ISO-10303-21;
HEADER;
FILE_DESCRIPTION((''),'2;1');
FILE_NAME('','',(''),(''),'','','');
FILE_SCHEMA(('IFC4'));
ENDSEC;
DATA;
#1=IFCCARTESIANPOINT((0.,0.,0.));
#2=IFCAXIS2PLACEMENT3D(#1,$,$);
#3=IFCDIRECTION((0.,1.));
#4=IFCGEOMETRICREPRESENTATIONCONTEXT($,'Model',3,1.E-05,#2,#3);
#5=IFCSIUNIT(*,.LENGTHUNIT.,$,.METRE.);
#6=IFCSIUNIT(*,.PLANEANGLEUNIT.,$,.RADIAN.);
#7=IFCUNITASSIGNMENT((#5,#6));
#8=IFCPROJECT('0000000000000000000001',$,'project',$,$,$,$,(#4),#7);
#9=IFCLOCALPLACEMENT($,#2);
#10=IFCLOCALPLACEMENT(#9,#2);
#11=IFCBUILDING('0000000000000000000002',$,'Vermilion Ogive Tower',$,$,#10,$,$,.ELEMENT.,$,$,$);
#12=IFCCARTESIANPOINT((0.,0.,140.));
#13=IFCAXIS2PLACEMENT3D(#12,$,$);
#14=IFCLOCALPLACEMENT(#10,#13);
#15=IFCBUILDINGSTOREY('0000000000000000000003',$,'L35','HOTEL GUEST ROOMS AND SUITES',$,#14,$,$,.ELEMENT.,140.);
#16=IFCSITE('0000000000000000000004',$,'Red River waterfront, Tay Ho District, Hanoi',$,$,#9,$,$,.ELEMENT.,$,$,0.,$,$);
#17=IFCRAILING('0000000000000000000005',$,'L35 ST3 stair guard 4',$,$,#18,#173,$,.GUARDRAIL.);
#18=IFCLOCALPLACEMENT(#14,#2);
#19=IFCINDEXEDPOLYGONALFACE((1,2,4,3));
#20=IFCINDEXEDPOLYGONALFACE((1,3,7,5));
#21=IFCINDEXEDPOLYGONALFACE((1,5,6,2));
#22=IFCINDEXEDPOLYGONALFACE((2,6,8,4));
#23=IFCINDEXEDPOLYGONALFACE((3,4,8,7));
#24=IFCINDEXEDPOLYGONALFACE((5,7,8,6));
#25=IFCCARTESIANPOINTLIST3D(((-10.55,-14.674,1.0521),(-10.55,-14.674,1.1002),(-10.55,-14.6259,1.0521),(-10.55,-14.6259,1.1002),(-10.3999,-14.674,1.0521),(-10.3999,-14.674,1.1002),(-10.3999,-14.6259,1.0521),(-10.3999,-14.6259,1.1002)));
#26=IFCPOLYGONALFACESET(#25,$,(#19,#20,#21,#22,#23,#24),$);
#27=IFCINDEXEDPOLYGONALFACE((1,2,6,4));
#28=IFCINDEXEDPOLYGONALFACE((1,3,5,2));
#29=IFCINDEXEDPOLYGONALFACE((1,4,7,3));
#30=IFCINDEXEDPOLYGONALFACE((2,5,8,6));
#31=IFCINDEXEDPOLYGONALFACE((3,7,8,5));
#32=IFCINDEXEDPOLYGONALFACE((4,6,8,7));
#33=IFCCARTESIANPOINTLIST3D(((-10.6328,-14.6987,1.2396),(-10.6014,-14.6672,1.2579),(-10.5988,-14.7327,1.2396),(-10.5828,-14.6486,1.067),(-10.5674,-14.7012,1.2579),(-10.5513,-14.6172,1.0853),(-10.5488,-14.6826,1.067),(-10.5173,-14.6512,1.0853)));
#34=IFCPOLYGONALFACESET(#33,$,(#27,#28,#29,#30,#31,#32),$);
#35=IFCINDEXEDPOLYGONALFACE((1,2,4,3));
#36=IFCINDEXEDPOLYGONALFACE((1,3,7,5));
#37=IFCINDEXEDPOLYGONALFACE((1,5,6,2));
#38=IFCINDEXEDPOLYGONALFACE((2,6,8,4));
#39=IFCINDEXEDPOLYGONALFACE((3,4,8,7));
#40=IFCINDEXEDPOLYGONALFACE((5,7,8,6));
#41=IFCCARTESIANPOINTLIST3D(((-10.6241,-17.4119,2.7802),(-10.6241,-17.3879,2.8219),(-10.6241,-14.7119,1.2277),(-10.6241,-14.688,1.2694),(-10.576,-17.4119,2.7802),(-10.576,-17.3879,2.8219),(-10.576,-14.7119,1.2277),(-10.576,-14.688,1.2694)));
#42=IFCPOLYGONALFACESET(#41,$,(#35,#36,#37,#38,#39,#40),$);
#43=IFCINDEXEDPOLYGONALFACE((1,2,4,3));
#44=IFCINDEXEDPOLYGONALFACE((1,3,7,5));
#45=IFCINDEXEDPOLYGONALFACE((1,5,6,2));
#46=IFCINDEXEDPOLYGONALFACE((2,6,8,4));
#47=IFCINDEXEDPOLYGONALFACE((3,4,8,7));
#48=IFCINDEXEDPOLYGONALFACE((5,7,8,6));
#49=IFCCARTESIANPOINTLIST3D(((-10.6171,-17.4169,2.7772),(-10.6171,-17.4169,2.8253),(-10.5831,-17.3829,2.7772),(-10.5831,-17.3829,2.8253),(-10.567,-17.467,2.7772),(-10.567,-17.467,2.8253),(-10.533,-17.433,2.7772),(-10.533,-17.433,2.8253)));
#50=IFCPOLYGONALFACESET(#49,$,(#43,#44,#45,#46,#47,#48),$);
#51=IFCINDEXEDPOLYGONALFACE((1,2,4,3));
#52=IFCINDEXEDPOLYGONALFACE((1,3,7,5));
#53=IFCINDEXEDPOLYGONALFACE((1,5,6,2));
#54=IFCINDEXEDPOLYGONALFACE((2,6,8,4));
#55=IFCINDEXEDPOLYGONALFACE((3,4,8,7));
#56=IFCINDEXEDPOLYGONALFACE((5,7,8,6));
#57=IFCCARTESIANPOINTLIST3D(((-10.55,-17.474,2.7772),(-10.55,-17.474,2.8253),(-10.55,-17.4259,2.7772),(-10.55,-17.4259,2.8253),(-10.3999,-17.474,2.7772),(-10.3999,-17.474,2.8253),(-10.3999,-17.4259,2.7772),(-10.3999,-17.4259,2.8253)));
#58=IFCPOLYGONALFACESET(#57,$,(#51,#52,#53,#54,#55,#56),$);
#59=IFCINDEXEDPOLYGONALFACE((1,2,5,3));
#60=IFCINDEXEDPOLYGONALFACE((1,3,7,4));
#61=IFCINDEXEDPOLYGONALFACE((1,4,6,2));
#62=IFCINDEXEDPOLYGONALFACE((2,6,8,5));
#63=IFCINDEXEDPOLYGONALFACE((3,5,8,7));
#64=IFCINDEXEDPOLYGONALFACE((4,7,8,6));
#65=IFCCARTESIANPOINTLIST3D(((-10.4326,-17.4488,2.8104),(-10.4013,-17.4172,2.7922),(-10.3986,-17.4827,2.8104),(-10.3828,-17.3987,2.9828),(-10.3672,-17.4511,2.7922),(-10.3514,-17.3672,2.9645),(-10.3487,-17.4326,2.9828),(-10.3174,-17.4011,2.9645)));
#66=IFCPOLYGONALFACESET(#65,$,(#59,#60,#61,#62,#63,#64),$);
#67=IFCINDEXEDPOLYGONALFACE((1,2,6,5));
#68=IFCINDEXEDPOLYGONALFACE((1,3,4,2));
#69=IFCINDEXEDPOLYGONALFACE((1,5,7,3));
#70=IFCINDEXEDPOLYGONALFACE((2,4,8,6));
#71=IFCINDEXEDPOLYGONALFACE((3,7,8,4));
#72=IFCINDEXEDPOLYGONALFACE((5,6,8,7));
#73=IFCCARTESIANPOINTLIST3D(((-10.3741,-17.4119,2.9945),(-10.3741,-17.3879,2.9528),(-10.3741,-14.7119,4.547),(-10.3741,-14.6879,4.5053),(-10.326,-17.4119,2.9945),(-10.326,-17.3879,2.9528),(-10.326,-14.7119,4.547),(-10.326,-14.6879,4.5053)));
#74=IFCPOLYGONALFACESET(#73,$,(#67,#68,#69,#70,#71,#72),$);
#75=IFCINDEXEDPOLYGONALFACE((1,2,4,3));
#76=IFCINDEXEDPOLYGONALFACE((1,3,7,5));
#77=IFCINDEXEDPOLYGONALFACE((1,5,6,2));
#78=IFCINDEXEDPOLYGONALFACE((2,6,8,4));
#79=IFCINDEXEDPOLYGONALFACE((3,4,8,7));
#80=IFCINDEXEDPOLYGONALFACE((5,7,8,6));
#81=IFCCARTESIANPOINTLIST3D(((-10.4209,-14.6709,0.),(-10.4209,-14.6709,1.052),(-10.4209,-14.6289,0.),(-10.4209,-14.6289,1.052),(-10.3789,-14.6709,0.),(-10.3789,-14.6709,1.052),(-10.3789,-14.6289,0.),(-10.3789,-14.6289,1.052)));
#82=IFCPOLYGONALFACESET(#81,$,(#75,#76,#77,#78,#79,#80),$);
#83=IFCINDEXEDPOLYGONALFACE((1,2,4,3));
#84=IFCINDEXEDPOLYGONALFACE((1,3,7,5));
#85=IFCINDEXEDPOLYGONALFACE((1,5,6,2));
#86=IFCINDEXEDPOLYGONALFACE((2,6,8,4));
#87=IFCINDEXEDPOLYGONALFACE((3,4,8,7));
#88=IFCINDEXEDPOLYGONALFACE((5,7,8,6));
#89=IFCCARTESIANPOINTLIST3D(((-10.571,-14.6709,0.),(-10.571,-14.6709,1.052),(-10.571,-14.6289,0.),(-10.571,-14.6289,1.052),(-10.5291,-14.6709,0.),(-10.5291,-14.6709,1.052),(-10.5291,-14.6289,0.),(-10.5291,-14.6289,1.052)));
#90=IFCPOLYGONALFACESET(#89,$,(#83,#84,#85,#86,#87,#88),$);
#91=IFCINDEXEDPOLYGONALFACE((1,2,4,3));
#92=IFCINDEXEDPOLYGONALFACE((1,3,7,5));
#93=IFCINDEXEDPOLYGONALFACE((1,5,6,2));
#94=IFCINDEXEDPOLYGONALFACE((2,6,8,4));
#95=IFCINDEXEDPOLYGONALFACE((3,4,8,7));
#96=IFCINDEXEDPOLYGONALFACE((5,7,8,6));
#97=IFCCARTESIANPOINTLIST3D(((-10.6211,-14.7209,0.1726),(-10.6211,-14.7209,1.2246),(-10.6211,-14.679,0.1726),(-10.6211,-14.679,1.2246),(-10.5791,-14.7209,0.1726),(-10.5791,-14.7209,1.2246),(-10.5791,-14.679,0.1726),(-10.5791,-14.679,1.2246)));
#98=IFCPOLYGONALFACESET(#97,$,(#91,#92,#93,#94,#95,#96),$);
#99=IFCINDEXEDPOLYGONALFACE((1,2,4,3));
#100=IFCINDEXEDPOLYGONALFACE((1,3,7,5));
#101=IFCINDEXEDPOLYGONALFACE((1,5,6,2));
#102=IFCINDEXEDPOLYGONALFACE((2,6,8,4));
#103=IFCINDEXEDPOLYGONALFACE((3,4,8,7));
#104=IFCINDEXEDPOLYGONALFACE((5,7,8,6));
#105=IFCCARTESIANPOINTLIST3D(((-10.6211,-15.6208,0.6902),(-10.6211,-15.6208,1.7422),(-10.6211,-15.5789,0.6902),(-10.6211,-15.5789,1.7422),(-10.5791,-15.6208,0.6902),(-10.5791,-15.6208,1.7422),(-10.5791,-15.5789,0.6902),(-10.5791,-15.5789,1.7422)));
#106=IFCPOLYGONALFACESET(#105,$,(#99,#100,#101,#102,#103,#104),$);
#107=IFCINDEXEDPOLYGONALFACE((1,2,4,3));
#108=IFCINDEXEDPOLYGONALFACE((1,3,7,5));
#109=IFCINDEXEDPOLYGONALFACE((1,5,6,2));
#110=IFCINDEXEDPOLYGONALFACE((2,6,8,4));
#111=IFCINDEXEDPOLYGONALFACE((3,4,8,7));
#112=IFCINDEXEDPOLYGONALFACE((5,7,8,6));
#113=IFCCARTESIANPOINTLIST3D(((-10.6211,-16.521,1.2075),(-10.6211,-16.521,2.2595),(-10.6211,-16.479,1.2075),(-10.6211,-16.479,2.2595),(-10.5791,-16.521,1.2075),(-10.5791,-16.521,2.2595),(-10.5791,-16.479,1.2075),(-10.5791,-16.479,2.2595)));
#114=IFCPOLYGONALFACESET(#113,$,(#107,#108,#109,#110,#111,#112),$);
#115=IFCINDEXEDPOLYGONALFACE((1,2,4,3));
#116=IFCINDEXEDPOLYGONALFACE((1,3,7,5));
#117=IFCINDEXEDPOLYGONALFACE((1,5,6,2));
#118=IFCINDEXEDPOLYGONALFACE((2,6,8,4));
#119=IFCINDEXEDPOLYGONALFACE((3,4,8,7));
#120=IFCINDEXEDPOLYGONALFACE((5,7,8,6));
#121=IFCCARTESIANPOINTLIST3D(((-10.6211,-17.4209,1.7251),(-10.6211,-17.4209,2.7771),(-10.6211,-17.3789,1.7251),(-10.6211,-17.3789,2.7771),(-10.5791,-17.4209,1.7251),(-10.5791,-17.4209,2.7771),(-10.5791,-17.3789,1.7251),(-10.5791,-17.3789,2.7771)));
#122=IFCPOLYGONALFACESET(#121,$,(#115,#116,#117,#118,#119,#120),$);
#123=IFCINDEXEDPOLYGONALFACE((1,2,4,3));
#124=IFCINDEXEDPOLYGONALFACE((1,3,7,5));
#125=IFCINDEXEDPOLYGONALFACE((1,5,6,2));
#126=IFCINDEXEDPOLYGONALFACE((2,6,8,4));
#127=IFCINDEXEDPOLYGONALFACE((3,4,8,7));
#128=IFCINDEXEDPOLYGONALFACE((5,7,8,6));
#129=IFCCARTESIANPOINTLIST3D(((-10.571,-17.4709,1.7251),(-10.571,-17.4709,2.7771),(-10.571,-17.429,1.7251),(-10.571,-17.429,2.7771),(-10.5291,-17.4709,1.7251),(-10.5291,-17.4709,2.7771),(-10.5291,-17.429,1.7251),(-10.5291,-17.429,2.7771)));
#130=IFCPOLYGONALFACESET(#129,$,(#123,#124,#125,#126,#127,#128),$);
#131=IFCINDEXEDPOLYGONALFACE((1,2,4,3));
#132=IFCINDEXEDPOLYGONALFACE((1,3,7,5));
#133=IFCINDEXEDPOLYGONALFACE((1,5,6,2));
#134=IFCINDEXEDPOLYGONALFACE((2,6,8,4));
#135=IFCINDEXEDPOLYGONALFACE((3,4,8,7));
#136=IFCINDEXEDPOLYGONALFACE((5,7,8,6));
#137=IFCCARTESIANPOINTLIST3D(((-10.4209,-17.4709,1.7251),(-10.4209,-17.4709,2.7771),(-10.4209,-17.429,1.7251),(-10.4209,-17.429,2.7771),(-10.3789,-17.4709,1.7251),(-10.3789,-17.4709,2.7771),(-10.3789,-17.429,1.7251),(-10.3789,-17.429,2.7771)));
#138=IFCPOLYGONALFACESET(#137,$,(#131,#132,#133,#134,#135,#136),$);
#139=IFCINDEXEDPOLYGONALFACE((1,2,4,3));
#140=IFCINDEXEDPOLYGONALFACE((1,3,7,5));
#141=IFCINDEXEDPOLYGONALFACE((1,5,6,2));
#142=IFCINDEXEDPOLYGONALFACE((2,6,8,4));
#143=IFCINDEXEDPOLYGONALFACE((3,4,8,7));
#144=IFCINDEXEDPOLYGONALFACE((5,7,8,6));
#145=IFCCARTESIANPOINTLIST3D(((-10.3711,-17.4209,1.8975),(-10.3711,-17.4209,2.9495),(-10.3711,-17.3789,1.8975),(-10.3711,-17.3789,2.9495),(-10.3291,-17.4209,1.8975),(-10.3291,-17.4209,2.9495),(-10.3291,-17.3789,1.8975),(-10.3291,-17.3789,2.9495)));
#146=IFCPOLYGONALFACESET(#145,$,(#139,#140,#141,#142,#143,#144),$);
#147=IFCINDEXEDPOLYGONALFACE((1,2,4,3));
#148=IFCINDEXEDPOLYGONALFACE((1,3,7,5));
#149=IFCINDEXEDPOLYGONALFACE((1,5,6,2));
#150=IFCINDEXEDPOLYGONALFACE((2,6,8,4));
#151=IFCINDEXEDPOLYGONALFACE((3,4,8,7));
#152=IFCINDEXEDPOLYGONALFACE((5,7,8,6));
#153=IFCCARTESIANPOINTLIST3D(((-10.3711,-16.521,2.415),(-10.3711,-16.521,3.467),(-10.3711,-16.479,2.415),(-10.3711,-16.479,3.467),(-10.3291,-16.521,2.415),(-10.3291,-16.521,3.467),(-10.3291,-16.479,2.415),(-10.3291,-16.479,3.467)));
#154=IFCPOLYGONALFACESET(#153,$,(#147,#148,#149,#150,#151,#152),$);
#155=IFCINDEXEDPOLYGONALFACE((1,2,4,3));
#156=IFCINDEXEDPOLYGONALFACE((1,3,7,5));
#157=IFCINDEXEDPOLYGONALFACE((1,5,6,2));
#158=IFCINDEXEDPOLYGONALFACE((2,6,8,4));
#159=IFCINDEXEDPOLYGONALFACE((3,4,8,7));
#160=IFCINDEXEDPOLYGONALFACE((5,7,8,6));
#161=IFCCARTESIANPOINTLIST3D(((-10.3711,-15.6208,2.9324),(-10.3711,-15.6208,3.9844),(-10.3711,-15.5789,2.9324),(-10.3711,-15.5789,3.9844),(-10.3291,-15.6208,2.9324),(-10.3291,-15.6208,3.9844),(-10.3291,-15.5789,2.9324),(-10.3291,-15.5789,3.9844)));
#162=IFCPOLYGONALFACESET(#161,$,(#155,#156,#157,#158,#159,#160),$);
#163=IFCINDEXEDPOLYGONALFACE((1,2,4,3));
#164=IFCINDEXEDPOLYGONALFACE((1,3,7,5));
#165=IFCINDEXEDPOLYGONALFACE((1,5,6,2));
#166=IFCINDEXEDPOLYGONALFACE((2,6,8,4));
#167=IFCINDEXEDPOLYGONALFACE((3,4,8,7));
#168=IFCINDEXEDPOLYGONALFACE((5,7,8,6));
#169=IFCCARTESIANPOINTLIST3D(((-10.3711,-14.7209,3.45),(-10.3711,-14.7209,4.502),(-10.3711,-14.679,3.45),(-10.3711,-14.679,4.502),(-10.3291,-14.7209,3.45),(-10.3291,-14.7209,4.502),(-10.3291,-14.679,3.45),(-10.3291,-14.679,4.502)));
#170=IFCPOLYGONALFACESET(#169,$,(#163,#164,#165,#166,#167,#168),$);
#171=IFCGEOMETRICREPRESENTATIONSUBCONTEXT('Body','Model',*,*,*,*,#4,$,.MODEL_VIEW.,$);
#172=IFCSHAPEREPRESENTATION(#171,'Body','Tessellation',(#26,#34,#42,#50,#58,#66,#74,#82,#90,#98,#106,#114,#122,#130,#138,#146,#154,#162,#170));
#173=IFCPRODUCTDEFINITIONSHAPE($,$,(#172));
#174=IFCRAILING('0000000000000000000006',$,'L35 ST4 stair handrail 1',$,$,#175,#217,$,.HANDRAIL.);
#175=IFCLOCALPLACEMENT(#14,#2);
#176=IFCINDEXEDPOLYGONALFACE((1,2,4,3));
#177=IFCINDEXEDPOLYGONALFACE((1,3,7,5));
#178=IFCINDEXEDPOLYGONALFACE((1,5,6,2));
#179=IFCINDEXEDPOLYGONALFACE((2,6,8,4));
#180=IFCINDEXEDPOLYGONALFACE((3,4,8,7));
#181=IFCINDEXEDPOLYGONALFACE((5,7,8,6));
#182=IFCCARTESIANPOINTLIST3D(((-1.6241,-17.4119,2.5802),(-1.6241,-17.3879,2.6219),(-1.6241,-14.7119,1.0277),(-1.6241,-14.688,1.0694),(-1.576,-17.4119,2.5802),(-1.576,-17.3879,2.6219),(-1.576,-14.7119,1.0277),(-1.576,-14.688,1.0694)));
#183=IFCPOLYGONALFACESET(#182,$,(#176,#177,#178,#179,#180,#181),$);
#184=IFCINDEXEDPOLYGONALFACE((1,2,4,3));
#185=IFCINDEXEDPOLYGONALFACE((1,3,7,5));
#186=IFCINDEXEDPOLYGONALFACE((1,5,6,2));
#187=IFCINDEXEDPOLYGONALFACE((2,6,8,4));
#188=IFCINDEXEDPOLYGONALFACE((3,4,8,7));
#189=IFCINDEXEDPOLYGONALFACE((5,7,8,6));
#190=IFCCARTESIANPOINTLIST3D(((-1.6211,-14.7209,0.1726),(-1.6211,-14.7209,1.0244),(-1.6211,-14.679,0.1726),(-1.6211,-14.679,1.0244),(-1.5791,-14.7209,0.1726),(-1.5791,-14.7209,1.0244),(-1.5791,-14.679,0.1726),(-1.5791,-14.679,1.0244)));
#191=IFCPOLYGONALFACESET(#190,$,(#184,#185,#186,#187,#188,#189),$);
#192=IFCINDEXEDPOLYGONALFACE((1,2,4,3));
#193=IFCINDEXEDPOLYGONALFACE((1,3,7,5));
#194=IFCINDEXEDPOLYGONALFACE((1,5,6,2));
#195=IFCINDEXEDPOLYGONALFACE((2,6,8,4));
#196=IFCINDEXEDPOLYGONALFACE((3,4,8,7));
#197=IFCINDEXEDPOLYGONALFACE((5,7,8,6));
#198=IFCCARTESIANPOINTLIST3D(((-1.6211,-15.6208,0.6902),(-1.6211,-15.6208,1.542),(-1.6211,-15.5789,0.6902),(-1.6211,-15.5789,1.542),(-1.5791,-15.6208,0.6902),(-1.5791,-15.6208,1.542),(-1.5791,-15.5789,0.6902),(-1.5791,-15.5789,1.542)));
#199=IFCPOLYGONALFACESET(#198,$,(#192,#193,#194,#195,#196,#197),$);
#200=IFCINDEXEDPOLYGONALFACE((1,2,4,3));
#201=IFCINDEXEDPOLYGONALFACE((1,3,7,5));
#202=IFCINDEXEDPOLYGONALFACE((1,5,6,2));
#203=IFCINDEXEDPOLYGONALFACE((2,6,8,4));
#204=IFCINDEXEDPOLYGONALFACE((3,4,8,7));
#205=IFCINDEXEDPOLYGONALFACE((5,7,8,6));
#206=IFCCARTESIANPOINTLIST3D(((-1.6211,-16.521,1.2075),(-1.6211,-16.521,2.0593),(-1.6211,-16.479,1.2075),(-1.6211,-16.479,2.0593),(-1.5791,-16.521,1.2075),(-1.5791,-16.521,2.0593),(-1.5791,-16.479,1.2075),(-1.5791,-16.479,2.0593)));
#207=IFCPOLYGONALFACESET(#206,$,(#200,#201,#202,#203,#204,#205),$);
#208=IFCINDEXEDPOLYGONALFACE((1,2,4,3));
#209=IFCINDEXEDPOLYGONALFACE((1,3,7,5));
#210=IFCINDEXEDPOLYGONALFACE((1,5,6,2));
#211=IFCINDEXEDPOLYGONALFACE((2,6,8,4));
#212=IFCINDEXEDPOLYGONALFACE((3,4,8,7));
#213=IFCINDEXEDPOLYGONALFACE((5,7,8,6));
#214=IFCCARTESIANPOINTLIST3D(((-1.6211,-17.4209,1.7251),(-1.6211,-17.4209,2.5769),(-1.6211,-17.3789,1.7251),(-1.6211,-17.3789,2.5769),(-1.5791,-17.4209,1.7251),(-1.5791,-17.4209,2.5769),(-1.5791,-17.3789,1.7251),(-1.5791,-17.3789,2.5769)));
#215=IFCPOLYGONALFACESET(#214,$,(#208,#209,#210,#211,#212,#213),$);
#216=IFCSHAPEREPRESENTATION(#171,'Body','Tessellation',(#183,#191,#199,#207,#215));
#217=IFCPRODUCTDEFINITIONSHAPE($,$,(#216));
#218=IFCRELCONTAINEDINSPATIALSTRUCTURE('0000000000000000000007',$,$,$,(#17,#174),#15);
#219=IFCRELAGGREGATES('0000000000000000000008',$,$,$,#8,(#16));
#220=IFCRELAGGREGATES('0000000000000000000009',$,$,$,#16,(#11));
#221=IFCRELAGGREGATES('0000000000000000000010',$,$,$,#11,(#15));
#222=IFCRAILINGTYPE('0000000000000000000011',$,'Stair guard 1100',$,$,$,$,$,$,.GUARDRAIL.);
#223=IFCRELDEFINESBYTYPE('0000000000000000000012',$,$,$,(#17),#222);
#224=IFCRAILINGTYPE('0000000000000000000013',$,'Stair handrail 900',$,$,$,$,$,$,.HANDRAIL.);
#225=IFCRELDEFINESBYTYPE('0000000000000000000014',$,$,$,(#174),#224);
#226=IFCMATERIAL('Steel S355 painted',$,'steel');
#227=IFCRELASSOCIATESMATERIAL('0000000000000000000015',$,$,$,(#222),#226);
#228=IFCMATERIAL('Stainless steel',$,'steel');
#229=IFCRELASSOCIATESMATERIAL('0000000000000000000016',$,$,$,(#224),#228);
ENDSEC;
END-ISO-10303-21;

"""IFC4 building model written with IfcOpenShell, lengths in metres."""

from ifc_helpers import new_model, si_unit, direction, frame, origin, origin_2d, place, context, subcontext, project, spatial, rectangle, extrude, material, type_object, element, save


model = new_model("IFC4")

# Units and contexts
model_context = context("Model", 3, precision=1e-05, world=origin(), true_north=direction((0.0, 1.0)))
body_context = subcontext(model_context, "Body", "Model", "MODEL_VIEW")
ifc_project = project(units=[si_unit("LENGTHUNIT", "METRE"), si_unit("PLANEANGLEUNIT", "RADIAN")], contexts=[model_context])

# Site, building, storey
site_placement = place(None, origin())
site = spatial("IfcSite", under=ifc_project, at=site_placement, Name="Red River waterfront, Tay Ho District, Hanoi", CompositionType="ELEMENT", RefElevation=0.0)
building_placement = place(site_placement, origin())
building = spatial("IfcBuilding", under=site, at=building_placement, Name="Vermilion Ogive Tower", CompositionType="ELEMENT")
storey_placement = place(building_placement, frame((0.0, 0.0, 140.0)))
storey = spatial("IfcBuildingStorey", under=building, at=storey_placement, Name="L35", Description="HOTEL GUEST ROOMS AND SUITES", CompositionType="ELEMENT", Elevation=140.0)

# Railings
ifc_material_1 = material(Name="Steel S355 painted", Category="steel")
railing_type_1 = type_object("IfcRailingType", Name="Stair guard 1100", PredefinedType="GUARDRAIL", material=ifc_material_1)
railing_1_placement = place(storey_placement, frame((-10.3999, -14.6499, 0.0)))
element("IfcRailing", 1, at=railing_1_placement, inside=storey, type_object=railing_type_1, Name="L35 ST3 stair guard 4", PredefinedType="GUARDRAIL", context=body_context, shape_type="SweptSolid", body=[
    extrude(rectangle(XDim=0.0481, YDim=0.0481, at=origin_2d()), frame((0.0, 0.0, 1.0762), z_axis=(-1.0, 0.0, 0.0), x_axis=(0.0, -1.0, 0.0)), (0.0, 0.0, 1.0), 0.1501),
    extrude(rectangle(XDim=0.0481, YDim=0.0481, at=origin_2d()), frame((-0.1501, 0.0, 1.0762), z_axis=(-0.268278, -0.268278, 0.925232), x_axis=(0.707107, -0.707107, 0.0)), (0.0, 0.0, 1.0), 0.1865),
    extrude(rectangle(XDim=0.0481, YDim=0.0481, at=origin_2d()), frame((-0.2002, -0.05, 1.2485), z_axis=(0.0, -0.866904, 0.498476), x_axis=(1.0, 0.0, 0.0)), (0.0, 0.0, 1.0), 3.1145),
    extrude(rectangle(XDim=0.0481, YDim=0.0481, at=origin_2d()), frame((-0.2002, -2.75, 2.8013), z_axis=(0.707107, -0.707107, 0.0), x_axis=(0.707107, 0.707107, 0.0)), (0.0, 0.0, 1.0), 0.0708),
    extrude(rectangle(XDim=0.0481, YDim=0.0481, at=origin_2d()), frame((-0.1501, -2.8, 2.8013), z_axis=(1.0, 0.0, 0.0), x_axis=(0.0, 1.0, 0.0)), (0.0, 0.0, 1.0), 0.1501),
    extrude(rectangle(XDim=0.0481, YDim=0.0481, at=origin_2d()), frame((0.0, -2.8, 2.8013), z_axis=(0.267387, 0.268698, 0.925368), x_axis=(-0.708834, 0.705376, 0.0)), (0.0, 0.0, 1.0), 0.1863),
    extrude(rectangle(XDim=0.0481, YDim=0.0481, at=origin_2d()), frame((0.0498, -2.75, 2.9736), z_axis=(0.0, 0.866904, 0.498476), x_axis=(-1.0, 0.0, 0.0)), (0.0, 0.0, 1.0), 3.1145),
    extrude(rectangle(XDim=0.042, YDim=0.042, at=origin_2d()), origin(), (0.0, 0.0, 1.0), 1.052),
    extrude(rectangle(XDim=0.042, YDim=0.042, at=origin_2d()), frame((-0.1501, 0.0, 0.0)), (0.0, 0.0, 1.0), 1.052),
    extrude(rectangle(XDim=0.042, YDim=0.042, at=origin_2d()), frame((-0.2002, -0.05, 0.1726)), (0.0, 0.0, 1.0), 1.052),
    extrude(rectangle(XDim=0.042, YDim=0.042, at=origin_2d()), frame((-0.2002, -0.95, 0.6902)), (0.0, 0.0, 1.0), 1.052),
    extrude(rectangle(XDim=0.042, YDim=0.042, at=origin_2d()), frame((-0.2002, -1.8501, 1.2075)), (0.0, 0.0, 1.0), 1.052),
    extrude(rectangle(XDim=0.042, YDim=0.042, at=origin_2d()), frame((-0.2002, -2.75, 1.7251)), (0.0, 0.0, 1.0), 1.052),
    extrude(rectangle(XDim=0.042, YDim=0.042, at=origin_2d()), frame((-0.1501, -2.8, 1.7251)), (0.0, 0.0, 1.0), 1.052),
    extrude(rectangle(XDim=0.042, YDim=0.042, at=origin_2d()), frame((0.0, -2.8, 1.7251)), (0.0, 0.0, 1.0), 1.052),
    extrude(rectangle(XDim=0.042, YDim=0.042, at=origin_2d()), frame((0.0498, -2.75, 1.8975)), (0.0, 0.0, 1.0), 1.052),
    extrude(rectangle(XDim=0.042, YDim=0.042, at=origin_2d()), frame((0.0498, -1.8501, 2.415)), (0.0, 0.0, 1.0), 1.052),
    extrude(rectangle(XDim=0.042, YDim=0.042, at=origin_2d()), frame((0.0498, -0.95, 2.9324)), (0.0, 0.0, 1.0), 1.052),
    extrude(rectangle(XDim=0.042, YDim=0.042, at=origin_2d()), frame((0.0498, -0.05, 3.45)), (0.0, 0.0, 1.0), 1.052),
])
ifc_material_2 = material(Name="Stainless steel", Category="steel")
railing_type_2 = type_object("IfcRailingType", Name="Stair handrail 900", PredefinedType="HANDRAIL", material=ifc_material_2)
railing_2_placement = place(storey_placement, frame((-1.6001, -14.7, 0.1726)))
element("IfcRailing", 2, at=railing_2_placement, inside=storey, type_object=railing_type_2, Name="L35 ST4 stair handrail 1", PredefinedType="HANDRAIL", context=body_context, shape_type="SweptSolid", body=[
    extrude(rectangle(XDim=0.0481, YDim=0.0481, at=origin_2d()), frame((0.0, 0.0, 0.876), z_axis=(0.0, -0.866904, 0.498476), x_axis=(1.0, 0.0, 0.0)), (0.0, 0.0, 1.0), 3.1145),
    extrude(rectangle(XDim=0.042, YDim=0.042, at=origin_2d()), origin(), (0.0, 0.0, 1.0), 0.8518),
    extrude(rectangle(XDim=0.042, YDim=0.042, at=origin_2d()), frame((0.0, -0.8999, 0.5176)), (0.0, 0.0, 1.0), 0.8518),
    extrude(rectangle(XDim=0.042, YDim=0.042, at=origin_2d()), frame((0.0, -1.8, 1.0349)), (0.0, 0.0, 1.0), 0.8518),
    extrude(rectangle(XDim=0.042, YDim=0.042, at=origin_2d()), frame((0.0, -2.7, 1.5525)), (0.0, 0.0, 1.0), 0.8518),
])

save(model, "model.ifc")
